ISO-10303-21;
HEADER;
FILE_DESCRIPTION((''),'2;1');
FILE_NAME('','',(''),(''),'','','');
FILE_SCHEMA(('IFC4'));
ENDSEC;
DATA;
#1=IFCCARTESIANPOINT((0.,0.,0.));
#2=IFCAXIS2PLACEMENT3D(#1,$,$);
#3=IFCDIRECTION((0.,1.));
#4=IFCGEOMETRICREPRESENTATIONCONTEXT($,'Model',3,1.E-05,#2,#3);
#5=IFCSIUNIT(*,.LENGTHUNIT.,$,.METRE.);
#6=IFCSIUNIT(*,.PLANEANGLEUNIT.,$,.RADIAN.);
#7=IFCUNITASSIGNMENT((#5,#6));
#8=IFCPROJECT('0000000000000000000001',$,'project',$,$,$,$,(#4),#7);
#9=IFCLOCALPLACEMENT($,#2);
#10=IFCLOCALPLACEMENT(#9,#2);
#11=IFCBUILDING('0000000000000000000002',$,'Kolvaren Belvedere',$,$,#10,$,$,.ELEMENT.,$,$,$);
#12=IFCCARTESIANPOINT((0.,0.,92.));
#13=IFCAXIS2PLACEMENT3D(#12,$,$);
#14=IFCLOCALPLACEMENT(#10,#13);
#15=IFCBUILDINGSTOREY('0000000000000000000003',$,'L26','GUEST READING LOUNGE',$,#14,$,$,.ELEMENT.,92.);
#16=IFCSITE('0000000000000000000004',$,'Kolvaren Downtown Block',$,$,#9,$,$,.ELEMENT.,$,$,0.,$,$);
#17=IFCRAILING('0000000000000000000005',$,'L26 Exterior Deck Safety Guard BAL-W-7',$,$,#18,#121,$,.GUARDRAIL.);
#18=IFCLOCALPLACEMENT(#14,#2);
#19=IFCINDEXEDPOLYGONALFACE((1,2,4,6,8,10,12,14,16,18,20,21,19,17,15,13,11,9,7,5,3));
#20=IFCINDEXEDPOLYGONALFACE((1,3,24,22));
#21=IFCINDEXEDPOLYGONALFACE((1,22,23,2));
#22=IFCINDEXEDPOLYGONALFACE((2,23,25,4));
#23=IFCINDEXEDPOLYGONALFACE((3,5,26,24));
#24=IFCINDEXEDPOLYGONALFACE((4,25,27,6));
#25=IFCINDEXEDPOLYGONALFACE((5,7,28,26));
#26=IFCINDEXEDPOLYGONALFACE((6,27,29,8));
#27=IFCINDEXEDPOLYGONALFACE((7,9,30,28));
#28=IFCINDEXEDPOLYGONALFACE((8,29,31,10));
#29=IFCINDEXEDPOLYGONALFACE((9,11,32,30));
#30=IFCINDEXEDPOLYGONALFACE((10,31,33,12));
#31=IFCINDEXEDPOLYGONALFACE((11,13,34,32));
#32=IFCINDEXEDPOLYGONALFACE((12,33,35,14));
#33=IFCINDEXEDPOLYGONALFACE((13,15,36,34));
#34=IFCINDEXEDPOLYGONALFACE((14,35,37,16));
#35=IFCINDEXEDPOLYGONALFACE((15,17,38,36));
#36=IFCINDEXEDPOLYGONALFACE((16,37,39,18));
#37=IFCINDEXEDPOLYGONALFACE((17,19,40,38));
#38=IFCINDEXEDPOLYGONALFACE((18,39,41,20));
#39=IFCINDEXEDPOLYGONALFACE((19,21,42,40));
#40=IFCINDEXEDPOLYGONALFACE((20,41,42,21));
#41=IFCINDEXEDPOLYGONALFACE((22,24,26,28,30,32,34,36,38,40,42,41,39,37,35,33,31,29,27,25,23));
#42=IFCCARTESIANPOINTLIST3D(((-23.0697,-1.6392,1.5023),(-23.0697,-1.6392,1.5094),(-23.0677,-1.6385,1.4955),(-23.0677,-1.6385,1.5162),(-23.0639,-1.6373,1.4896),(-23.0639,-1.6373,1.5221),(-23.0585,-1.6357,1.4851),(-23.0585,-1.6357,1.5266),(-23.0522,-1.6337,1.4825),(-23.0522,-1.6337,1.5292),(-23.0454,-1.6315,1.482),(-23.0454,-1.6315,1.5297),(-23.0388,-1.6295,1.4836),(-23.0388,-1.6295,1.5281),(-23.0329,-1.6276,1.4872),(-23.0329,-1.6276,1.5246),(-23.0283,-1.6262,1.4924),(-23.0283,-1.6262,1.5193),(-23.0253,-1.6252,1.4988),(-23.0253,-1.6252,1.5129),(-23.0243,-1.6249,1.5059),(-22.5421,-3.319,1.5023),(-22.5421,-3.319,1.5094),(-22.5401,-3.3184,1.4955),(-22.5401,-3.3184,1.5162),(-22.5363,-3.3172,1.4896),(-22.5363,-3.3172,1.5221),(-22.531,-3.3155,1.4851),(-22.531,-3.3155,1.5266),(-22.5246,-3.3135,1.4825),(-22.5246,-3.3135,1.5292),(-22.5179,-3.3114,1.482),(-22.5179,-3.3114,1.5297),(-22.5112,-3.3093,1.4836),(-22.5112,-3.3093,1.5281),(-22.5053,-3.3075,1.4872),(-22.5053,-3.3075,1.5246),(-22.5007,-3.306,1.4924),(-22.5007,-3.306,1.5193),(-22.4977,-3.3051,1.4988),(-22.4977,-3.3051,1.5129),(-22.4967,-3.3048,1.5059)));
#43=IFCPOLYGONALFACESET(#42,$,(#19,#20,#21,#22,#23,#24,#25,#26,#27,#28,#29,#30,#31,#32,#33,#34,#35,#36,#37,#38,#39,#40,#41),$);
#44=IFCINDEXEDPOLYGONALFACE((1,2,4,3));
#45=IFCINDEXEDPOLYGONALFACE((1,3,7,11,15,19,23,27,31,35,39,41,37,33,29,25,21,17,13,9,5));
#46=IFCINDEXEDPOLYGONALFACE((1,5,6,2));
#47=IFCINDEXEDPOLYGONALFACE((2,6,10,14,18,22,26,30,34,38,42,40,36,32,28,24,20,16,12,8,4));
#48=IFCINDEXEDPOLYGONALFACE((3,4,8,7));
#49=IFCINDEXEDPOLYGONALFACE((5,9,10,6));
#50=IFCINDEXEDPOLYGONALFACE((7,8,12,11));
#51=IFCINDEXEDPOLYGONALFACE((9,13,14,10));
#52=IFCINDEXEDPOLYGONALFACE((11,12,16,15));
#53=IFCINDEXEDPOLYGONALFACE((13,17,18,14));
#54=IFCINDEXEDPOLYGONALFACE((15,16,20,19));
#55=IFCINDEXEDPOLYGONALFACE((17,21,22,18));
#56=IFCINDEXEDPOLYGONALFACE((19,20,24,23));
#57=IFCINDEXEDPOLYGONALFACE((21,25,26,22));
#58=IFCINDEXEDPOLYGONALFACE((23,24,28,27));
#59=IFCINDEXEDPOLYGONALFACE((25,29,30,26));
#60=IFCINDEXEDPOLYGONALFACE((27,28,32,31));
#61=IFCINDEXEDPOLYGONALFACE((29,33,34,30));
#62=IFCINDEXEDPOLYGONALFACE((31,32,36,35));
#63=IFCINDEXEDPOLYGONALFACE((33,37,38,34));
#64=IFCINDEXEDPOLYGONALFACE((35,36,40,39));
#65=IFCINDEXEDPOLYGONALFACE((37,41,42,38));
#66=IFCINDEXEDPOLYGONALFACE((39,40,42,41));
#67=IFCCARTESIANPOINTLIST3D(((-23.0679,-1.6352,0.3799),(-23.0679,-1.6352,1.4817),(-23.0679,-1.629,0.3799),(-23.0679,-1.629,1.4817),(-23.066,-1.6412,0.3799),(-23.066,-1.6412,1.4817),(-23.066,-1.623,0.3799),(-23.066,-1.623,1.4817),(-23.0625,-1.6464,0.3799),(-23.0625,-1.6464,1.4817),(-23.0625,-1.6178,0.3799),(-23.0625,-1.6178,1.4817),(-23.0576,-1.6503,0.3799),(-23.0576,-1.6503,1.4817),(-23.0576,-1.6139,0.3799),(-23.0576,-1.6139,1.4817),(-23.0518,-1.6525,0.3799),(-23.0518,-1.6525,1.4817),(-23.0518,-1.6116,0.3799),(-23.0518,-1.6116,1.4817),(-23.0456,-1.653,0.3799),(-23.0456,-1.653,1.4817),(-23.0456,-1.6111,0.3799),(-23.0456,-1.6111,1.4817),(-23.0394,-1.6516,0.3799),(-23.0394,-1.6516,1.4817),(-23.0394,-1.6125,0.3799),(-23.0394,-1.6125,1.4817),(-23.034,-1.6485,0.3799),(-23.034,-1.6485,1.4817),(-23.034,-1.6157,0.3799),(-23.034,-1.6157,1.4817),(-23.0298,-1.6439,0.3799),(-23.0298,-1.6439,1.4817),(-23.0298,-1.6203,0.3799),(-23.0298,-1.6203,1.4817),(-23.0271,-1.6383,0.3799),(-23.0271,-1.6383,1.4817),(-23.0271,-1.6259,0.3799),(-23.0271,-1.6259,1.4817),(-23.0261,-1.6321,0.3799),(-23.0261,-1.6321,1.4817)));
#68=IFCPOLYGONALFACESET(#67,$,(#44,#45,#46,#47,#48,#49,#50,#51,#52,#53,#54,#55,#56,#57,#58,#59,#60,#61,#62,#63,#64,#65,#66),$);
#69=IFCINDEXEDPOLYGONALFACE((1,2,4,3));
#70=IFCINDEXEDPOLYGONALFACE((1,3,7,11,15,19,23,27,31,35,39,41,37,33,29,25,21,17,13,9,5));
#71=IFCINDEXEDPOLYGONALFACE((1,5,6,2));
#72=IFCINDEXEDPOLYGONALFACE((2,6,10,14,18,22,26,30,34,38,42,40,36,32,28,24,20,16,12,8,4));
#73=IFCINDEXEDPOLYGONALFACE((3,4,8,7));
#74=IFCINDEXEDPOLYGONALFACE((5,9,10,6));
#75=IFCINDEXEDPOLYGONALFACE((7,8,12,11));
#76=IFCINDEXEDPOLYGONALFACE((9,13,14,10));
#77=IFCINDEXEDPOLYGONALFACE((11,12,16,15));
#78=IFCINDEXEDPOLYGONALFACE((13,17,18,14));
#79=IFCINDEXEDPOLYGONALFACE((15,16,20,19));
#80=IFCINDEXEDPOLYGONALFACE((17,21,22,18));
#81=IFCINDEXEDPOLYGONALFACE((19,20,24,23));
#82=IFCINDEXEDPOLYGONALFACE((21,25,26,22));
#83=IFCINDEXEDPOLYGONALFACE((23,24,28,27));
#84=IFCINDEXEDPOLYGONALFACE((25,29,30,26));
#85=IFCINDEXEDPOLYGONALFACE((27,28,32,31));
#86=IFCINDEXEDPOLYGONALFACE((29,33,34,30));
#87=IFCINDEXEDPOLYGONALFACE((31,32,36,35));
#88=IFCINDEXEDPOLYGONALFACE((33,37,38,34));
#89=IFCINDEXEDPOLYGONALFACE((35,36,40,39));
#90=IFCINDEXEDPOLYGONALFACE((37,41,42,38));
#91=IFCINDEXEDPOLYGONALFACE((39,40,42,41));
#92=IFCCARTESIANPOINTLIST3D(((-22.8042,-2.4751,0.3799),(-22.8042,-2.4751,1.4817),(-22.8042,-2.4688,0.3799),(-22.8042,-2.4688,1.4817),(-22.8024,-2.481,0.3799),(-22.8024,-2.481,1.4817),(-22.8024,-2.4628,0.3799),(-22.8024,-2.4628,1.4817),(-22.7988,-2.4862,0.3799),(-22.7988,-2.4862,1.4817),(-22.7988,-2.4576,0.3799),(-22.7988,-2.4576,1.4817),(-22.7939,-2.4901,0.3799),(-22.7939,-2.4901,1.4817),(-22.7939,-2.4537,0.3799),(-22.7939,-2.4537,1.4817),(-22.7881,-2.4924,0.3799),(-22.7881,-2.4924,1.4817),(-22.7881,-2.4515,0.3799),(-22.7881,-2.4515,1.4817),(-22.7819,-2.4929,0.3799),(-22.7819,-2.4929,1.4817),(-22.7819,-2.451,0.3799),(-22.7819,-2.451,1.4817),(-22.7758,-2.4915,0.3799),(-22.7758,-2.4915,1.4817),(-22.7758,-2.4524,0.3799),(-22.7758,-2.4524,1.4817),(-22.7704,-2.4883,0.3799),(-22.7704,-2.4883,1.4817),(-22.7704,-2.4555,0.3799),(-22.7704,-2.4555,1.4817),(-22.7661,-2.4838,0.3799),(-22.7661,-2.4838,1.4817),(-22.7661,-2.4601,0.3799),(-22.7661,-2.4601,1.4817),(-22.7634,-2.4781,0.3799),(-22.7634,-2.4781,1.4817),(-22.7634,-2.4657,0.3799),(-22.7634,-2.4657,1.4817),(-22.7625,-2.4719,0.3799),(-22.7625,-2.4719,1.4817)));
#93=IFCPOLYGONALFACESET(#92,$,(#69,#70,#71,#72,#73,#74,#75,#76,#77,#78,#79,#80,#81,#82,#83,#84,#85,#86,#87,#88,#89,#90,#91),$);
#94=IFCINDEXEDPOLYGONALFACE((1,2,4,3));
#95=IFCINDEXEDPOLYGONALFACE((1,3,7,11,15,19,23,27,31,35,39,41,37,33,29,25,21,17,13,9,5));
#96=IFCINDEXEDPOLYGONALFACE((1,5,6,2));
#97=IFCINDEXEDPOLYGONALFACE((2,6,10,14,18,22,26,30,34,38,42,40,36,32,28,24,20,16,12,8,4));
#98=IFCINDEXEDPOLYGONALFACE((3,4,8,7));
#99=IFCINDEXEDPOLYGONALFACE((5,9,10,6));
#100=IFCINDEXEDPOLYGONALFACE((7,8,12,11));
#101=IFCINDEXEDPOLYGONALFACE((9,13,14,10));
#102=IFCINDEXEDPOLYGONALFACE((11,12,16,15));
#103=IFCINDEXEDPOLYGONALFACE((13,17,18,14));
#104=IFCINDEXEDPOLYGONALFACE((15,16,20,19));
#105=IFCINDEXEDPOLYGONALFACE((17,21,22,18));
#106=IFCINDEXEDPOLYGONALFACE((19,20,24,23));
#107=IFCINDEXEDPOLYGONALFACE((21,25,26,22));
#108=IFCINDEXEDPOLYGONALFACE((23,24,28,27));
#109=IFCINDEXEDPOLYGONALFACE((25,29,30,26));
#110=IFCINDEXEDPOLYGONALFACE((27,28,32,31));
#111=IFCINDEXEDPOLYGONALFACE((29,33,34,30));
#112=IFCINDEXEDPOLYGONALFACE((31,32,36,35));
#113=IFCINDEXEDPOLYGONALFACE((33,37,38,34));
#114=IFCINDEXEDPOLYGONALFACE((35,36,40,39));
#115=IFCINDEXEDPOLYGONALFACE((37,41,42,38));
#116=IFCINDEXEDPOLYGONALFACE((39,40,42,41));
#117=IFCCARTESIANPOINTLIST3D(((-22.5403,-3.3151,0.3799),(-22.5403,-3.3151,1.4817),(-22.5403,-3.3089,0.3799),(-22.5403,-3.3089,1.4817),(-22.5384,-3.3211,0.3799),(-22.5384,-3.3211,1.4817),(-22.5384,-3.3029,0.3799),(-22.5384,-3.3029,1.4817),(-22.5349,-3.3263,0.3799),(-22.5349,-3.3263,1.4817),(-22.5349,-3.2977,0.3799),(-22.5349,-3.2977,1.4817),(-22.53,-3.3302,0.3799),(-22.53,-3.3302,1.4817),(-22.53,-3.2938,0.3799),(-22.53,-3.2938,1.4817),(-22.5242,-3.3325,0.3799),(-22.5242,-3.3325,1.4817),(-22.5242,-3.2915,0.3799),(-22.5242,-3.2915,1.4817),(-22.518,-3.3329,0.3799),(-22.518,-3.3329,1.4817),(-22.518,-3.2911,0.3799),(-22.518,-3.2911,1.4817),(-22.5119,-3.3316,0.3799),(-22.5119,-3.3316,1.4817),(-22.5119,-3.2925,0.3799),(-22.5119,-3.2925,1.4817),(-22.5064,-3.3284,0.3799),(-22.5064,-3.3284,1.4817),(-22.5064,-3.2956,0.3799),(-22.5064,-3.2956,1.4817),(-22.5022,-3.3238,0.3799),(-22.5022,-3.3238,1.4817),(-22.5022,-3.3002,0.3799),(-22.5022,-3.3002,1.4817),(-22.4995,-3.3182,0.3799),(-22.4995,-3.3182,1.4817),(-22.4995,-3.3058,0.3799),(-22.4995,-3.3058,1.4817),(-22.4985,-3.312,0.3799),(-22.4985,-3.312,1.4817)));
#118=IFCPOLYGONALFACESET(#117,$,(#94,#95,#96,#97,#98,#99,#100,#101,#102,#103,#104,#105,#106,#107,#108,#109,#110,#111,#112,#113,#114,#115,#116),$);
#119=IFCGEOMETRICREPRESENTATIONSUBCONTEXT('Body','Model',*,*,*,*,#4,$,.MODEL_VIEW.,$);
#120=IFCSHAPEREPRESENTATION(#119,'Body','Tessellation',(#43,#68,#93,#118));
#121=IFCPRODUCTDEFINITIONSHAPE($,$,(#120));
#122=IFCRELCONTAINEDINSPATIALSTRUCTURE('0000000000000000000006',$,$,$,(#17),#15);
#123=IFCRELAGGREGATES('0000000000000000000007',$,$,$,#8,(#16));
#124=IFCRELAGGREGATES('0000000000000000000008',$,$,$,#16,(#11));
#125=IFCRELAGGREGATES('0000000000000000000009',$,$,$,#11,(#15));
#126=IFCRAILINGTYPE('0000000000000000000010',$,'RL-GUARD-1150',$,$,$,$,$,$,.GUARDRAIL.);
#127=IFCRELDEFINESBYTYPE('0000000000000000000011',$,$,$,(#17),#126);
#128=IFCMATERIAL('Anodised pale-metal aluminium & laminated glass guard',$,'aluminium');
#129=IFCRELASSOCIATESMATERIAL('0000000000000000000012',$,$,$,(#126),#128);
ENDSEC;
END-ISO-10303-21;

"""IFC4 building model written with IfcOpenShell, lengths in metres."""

from ifc_helpers import new_model, si_unit, direction, frame, origin, origin_2d, place, context, subcontext, project, spatial, circle, extrude, material, type_object, element, save


model = new_model("IFC4")

# Units and contexts
model_context = context("Model", 3, precision=1e-05, world=origin(), true_north=direction((0.0, 1.0)))
body_context = subcontext(model_context, "Body", "Model", "MODEL_VIEW")
ifc_project = project(units=[si_unit("LENGTHUNIT", "METRE"), si_unit("PLANEANGLEUNIT", "RADIAN")], contexts=[model_context])

# Site, building, storey
site_placement = place(None, origin())
site = spatial("IfcSite", under=ifc_project, at=site_placement, Name="Kolvaren Downtown Block", CompositionType="ELEMENT", RefElevation=0.0)
building_placement = place(site_placement, origin())
building = spatial("IfcBuilding", under=site, at=building_placement, Name="Kolvaren Belvedere", CompositionType="ELEMENT")
storey_placement = place(building_placement, frame((0.0, 0.0, 92.0)))
storey = spatial("IfcBuildingStorey", under=building, at=storey_placement, Name="L26", Description="GUEST READING LOUNGE", CompositionType="ELEMENT", Elevation=92.0)

# Railing
ifc_material_1 = material(Name="Anodised pale-metal aluminium & laminated glass guard", Category="aluminium")
railing_type = type_object("IfcRailingType", Name="RL-GUARD-1150", PredefinedType="GUARDRAIL", material=ifc_material_1)
railing_1_placement = place(storey_placement, frame((-23.0471, -1.6321, 0.3799)))
element("IfcRailing", 1, at=railing_1_placement, inside=storey, type_object=railing_type, Name="L26 Exterior Deck Safety Guard BAL-W-7", PredefinedType="GUARDRAIL", context=body_context, shape_type="SweptSolid", body=[
    extrude(circle(Radius=0.0239, at=origin_2d()), frame((0.0, 0.0, 1.126), z_axis=(0.299625, -0.954057, 0.0), x_axis=(0.954057, 0.299625, 0.0)), (0.0, 0.0, 1.0), 1.7607),
    extrude(circle(Radius=0.021, at=origin_2d()), origin(), (0.0, 0.0, 1.0), 1.1018),
    extrude(circle(Radius=0.021, at=origin_2d()), frame((0.2637, -0.8398, 0.0)), (0.0, 0.0, 1.0), 1.1018),
    extrude(circle(Radius=0.021, at=origin_2d()), frame((0.5276, -1.6799, 0.0)), (0.0, 0.0, 1.0), 1.1018),
])

save(model, "model.ifc")
